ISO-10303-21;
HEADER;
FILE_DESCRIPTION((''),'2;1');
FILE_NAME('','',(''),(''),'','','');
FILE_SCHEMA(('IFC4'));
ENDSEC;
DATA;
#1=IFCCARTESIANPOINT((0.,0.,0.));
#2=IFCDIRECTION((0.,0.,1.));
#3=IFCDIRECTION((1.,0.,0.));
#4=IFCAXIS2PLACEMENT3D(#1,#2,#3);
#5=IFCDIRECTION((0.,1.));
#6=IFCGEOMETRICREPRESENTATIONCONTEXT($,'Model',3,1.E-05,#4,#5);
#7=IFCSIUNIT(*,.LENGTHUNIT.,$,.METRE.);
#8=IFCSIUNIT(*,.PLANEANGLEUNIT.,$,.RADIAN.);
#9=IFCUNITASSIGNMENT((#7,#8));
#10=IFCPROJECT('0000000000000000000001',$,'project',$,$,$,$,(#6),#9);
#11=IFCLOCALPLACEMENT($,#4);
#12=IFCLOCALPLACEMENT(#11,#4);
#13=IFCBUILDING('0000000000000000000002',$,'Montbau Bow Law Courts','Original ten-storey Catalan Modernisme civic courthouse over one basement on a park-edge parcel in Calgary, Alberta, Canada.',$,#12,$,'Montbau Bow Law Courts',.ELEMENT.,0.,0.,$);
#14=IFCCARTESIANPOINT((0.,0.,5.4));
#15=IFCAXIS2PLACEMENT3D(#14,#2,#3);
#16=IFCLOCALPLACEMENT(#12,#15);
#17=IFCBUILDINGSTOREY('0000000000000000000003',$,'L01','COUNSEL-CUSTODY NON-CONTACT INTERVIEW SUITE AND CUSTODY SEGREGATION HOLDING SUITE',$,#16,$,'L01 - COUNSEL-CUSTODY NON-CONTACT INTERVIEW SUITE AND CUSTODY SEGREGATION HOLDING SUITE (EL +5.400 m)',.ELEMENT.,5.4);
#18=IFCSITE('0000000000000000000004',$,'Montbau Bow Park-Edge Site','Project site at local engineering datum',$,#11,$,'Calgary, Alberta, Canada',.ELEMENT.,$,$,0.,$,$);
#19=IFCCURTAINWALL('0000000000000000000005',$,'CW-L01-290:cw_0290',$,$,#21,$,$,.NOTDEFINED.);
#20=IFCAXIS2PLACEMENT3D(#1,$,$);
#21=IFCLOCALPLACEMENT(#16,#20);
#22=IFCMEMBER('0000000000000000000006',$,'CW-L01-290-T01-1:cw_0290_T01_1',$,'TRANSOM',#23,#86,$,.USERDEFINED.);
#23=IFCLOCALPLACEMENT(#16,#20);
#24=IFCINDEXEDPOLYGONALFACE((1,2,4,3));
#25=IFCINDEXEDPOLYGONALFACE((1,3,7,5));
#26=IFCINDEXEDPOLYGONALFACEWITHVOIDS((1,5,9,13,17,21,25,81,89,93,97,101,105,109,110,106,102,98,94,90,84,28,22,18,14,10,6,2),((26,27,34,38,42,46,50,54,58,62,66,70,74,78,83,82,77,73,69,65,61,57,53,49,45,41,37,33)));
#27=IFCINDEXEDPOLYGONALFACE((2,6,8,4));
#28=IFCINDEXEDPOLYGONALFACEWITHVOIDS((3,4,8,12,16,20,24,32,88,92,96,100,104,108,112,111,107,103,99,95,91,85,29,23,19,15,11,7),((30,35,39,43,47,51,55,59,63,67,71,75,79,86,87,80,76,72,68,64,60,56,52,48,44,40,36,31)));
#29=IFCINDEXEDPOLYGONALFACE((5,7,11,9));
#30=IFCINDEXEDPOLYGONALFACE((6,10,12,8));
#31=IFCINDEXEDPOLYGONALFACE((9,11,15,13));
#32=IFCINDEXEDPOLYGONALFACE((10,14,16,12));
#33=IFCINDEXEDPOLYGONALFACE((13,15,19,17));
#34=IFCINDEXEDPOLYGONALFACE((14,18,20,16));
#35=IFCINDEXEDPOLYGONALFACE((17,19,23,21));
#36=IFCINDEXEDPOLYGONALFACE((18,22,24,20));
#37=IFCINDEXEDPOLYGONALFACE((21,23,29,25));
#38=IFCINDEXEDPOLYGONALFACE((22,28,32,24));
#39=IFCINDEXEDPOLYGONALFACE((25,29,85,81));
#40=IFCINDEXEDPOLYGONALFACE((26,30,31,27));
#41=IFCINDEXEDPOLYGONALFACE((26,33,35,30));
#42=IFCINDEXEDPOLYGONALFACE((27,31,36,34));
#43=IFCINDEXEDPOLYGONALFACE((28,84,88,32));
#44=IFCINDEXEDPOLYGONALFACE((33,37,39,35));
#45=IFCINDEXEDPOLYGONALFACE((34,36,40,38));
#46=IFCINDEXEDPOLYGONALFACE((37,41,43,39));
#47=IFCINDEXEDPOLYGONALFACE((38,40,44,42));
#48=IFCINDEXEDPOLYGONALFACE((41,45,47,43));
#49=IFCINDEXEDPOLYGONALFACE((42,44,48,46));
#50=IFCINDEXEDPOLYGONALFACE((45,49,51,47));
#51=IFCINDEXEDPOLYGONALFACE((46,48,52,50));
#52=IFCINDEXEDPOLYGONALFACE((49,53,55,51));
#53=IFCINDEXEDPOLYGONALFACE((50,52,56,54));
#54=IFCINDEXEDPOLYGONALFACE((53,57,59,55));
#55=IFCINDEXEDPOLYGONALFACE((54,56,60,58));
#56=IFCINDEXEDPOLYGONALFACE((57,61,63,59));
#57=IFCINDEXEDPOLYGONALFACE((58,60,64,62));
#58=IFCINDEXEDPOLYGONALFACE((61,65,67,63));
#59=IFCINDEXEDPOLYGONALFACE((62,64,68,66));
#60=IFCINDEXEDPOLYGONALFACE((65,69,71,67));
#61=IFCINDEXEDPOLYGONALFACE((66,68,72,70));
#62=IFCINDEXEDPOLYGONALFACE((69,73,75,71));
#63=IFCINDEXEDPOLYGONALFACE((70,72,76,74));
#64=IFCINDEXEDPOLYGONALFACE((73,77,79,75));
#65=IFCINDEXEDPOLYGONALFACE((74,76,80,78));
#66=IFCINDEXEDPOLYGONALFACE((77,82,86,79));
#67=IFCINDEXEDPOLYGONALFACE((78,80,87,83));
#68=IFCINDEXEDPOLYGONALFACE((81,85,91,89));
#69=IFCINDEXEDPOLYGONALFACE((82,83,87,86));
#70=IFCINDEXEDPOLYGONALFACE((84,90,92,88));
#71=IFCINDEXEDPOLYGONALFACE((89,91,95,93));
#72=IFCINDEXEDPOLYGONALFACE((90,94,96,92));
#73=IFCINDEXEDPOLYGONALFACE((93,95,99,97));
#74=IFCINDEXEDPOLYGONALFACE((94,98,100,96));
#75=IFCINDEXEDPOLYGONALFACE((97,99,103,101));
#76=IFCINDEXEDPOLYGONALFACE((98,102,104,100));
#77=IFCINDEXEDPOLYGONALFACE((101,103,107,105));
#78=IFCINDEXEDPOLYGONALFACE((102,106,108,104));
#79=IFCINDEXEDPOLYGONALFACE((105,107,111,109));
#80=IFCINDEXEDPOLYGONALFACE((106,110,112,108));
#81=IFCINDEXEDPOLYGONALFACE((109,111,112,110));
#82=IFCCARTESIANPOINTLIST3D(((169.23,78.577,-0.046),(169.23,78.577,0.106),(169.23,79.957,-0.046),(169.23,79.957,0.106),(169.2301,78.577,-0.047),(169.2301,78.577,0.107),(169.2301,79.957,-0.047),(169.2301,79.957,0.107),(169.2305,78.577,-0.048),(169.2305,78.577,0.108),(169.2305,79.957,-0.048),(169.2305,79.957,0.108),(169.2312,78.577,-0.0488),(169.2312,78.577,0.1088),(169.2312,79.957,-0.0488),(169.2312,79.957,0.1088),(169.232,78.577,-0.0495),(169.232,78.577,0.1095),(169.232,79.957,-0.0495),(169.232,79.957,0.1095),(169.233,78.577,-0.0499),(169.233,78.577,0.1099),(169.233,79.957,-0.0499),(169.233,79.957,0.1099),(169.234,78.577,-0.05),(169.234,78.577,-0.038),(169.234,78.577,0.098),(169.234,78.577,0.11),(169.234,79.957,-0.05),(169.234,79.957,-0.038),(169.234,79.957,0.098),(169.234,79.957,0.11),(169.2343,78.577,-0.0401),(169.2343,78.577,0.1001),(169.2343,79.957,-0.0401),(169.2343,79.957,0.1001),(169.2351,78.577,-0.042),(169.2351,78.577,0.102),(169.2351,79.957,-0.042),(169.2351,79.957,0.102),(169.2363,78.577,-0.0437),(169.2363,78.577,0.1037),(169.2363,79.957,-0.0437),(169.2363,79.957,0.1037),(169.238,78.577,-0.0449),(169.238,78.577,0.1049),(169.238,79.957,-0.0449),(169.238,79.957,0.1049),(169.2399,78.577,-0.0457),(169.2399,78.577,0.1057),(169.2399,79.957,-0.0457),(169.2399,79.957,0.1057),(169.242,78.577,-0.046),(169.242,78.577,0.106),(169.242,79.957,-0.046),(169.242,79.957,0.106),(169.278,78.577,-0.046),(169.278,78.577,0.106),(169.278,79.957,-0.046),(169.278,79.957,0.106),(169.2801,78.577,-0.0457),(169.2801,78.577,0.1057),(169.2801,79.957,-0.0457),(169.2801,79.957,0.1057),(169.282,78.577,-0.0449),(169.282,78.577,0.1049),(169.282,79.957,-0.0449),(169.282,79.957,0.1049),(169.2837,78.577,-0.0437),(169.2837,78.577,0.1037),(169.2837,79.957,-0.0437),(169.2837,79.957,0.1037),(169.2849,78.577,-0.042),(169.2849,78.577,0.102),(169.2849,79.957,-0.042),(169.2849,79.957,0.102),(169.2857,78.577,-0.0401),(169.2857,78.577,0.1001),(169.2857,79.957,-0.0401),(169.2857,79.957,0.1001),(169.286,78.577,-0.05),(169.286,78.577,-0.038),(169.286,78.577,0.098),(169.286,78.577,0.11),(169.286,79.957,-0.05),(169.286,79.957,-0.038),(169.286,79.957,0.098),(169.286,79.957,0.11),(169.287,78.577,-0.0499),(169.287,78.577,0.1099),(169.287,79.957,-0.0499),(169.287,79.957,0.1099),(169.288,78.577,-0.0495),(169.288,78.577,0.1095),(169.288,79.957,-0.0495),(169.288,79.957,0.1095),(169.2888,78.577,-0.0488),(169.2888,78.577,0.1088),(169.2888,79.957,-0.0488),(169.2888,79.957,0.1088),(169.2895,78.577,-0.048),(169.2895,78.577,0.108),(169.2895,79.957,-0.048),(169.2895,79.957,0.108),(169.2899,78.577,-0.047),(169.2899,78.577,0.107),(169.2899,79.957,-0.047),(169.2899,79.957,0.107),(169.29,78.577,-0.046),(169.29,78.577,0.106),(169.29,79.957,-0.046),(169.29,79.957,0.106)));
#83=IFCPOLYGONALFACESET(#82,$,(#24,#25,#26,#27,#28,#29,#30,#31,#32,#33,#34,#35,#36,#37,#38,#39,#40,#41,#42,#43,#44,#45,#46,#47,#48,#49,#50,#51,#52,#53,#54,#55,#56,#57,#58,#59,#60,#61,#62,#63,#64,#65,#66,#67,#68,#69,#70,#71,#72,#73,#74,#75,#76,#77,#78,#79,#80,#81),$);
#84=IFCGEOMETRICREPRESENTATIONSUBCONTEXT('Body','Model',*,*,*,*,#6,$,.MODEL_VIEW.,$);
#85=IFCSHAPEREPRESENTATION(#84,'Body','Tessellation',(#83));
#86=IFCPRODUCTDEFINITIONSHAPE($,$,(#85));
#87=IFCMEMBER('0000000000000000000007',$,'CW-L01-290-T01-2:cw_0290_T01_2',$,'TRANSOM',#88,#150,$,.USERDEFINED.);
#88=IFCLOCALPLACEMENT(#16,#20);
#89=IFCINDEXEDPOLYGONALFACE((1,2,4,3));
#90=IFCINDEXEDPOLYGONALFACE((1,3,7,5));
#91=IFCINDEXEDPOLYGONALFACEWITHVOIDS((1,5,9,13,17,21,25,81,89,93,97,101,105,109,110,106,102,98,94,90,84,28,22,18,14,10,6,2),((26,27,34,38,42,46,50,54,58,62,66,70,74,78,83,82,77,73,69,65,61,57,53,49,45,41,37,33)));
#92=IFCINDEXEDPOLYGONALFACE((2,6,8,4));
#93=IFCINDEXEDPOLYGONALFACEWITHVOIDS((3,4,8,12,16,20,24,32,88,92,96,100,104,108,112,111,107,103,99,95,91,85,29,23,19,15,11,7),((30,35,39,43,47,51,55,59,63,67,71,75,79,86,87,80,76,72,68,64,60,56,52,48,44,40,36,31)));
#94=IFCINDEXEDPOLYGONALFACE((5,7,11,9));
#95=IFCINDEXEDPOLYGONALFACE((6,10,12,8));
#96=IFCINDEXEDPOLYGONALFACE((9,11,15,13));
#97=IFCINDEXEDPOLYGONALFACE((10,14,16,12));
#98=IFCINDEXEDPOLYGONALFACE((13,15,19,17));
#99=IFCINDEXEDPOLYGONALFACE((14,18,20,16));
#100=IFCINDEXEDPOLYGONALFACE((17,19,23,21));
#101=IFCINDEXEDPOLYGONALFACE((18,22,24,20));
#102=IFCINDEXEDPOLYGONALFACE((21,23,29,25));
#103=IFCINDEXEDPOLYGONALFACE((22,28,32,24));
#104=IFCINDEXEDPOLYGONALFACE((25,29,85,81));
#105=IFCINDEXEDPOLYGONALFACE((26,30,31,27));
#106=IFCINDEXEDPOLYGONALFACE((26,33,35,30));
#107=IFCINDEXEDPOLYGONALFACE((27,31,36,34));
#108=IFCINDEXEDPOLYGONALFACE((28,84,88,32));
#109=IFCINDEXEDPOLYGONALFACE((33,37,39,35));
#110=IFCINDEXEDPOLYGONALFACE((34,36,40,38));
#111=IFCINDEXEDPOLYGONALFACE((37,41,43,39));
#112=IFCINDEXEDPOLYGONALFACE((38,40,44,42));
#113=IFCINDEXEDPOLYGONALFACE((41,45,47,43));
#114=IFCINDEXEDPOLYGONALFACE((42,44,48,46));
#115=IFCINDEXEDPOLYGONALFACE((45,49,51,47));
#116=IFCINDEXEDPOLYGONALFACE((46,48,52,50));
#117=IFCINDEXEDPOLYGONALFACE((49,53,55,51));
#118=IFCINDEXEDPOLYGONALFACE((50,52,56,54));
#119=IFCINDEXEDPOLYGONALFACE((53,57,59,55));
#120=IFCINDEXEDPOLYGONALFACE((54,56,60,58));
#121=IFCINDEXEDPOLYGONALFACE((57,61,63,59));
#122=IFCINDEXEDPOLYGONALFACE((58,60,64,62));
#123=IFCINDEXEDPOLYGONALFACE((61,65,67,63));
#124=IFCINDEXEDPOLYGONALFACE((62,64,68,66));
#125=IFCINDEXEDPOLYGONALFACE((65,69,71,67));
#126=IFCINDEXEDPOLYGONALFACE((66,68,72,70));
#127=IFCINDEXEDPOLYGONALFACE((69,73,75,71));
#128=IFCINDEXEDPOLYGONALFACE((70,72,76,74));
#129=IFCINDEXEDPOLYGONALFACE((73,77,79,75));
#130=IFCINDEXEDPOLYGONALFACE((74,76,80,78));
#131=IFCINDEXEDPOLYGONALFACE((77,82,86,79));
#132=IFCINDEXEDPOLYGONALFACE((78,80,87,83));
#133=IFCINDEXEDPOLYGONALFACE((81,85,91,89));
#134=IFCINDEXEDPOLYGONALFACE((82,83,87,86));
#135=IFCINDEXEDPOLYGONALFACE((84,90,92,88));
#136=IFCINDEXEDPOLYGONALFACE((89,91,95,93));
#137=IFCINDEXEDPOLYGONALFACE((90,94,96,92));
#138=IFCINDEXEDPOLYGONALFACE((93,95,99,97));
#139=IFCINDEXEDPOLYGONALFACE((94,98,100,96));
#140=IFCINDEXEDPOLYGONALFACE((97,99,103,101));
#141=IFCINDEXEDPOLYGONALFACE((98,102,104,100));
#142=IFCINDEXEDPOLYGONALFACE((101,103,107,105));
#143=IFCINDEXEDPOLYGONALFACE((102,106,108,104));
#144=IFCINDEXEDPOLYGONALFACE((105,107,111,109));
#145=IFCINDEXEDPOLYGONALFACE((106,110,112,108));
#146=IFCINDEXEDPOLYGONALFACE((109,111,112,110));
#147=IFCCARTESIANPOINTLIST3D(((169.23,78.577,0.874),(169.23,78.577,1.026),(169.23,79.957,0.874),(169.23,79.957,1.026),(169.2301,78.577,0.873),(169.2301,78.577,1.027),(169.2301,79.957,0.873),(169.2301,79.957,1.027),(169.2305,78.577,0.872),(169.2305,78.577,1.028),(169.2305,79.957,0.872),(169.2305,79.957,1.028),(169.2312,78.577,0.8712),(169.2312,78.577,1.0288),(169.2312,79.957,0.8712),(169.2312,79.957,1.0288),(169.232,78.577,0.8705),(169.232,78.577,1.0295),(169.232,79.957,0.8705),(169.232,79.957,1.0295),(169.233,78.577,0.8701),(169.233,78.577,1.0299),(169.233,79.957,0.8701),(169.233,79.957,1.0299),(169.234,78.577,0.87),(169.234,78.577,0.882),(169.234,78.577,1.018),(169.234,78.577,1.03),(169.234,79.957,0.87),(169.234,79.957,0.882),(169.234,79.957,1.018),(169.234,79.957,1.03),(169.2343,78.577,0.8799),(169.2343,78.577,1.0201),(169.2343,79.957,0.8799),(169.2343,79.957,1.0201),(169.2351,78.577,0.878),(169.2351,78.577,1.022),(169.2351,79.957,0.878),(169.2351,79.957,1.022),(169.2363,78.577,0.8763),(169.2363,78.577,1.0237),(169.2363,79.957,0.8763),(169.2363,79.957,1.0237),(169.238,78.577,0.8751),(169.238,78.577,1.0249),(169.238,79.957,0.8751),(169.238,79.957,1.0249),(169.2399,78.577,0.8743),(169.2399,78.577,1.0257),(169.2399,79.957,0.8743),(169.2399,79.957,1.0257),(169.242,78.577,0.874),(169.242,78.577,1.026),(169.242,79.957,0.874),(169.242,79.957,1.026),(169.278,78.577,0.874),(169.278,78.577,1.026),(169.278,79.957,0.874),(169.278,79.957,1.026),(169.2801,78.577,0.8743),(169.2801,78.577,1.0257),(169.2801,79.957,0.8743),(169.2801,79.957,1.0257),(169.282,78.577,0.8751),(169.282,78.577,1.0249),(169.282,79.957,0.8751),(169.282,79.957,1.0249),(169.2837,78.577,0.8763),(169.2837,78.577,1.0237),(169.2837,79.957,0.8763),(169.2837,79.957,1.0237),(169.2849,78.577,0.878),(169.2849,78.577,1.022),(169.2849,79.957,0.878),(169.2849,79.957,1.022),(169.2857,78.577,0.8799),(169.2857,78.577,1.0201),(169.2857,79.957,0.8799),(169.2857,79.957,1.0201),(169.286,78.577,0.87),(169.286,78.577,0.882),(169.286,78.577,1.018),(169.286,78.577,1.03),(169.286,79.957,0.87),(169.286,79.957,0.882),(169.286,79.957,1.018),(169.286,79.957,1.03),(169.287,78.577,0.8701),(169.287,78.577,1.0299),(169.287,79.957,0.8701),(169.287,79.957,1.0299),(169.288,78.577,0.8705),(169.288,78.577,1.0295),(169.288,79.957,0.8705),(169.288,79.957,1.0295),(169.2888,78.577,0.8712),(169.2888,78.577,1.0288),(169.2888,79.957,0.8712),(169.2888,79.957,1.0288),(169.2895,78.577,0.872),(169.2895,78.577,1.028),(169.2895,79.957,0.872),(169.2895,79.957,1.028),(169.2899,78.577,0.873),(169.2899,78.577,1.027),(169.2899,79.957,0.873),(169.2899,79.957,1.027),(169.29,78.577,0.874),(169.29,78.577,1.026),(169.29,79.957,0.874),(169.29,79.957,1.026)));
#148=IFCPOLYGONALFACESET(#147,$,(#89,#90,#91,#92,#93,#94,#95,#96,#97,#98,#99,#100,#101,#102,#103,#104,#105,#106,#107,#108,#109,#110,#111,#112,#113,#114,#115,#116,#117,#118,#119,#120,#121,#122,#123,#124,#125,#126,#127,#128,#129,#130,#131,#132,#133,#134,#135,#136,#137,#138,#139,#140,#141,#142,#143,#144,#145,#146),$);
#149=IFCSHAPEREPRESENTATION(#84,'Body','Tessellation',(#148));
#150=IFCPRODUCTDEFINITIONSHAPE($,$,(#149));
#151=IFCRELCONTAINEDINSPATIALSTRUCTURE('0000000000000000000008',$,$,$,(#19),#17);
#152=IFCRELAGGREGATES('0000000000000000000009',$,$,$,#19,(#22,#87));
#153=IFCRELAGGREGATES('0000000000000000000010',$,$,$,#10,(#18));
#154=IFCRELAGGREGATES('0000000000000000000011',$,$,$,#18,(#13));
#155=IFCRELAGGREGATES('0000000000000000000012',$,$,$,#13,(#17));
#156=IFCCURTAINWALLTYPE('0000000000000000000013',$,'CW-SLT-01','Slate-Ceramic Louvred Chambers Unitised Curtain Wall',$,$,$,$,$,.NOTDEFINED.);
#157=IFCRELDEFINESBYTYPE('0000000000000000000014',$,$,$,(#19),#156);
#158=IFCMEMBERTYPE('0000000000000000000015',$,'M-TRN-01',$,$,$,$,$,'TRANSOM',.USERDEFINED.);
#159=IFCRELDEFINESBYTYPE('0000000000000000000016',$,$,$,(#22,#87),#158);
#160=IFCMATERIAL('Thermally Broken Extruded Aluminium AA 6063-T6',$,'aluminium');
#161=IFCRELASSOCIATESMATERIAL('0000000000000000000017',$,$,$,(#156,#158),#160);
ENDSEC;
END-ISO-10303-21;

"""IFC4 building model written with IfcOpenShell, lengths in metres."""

from ifc_helpers import new_model, si_unit, direction, frame, origin_with_axes, origin_2d_with_axis, place, context, subcontext, project, spatial, hollow_rectangle, extrude, material, material_profile, profile_set, type_object, element, aggregate, save


model = new_model("IFC4")

# Units and contexts
model_context = context("Model", 3, precision=1e-05, world=origin_with_axes(), true_north=direction((0.0, 1.0)))
body_context = subcontext(model_context, "Body", "Model", "MODEL_VIEW")
ifc_project = project(units=[si_unit("LENGTHUNIT", "METRE"), si_unit("PLANEANGLEUNIT", "RADIAN")], contexts=[model_context])

# Site, building, storey
site_placement = place(None, origin_with_axes())
site = spatial("IfcSite", under=ifc_project, at=site_placement, Name="Montbau Bow Park-Edge Site", Description="Project site at local engineering datum", LongName="Calgary, Alberta, Canada", CompositionType="ELEMENT", RefElevation=0.0)
building_placement = place(site_placement, origin_with_axes())
building = spatial("IfcBuilding", under=site, at=building_placement, Name="Montbau Bow Law Courts", Description="Original ten-storey Catalan Modernisme civic courthouse over one basement on a park-edge parcel in Calgary, Alberta, Canada.", LongName="Montbau Bow Law Courts", CompositionType="ELEMENT", ElevationOfRefHeight=0.0, ElevationOfTerrain=0.0)
storey_placement = place(building_placement, frame((0.0, 0.0, 5.4), z_axis=(0.0, 0.0, 1.0), x_axis=(1.0, 0.0, 0.0)))
storey = spatial("IfcBuildingStorey", under=building, at=storey_placement, Name="L01", Description="COUNSEL-CUSTODY NON-CONTACT INTERVIEW SUITE AND CUSTODY SEGREGATION HOLDING SUITE", LongName="L01 - COUNSEL-CUSTODY NON-CONTACT INTERVIEW SUITE AND CUSTODY SEGREGATION HOLDING SUITE (EL +5.400 m)", CompositionType="ELEMENT", Elevation=5.4)

# Curtain wall, members
ifc_material_1 = material(Name="Thermally Broken Extruded Aluminium AA 6063-T6", Category="aluminium")
curtain_wall_type = type_object("IfcCurtainWallType", Name="CW-SLT-01", Description="Slate-Ceramic Louvred Chambers Unitised Curtain Wall", PredefinedType="NOTDEFINED", material=ifc_material_1)
curtain_wall_1_placement = place(None, frame((169.26, 78.515, 5.4), z_axis=(0.0, 0.0, 1.0), x_axis=(1.0, 0.0, 0.0)))
curtain_wall_1 = element("IfcCurtainWall", 1, at=curtain_wall_1_placement, inside=storey, type_object=curtain_wall_type, Name="CW-L01-290:cw_0290", PredefinedType="NOTDEFINED")
ifc_material_profile_1 = material_profile(ifc_material_1, hollow_rectangle(XDim=0.06, YDim=0.16, WallThickness=0.004, InnerFilletRadius=0.008, OuterFilletRadius=0.004, at=origin_2d_with_axis()), Name="CWT-160X60", Category="Main", Priority=0)
ifc_profile_set_1 = profile_set([ifc_material_profile_1], Name="Thermally Broken Extruded Aluminium AA 6063-T6")
member_type_1 = type_object("IfcMemberType", Name="M-TRN-01", ElementType="TRANSOM", PredefinedType="USERDEFINED", material=ifc_profile_set_1)
member_1_placement = place(None, frame((169.26, 78.577, 5.43), z_axis=(0.0, 1.0, 0.0), x_axis=(-1.0, 0.0, 0.0)))
member_1 = element("IfcMember", 2, at=member_1_placement, type_object=member_type_1, Name="CW-L01-290-T01-1:cw_0290_T01_1", ObjectType="TRANSOM", PredefinedType="USERDEFINED", context=body_context, shape_type="SweptSolid", body=[
    extrude(hollow_rectangle(XDim=0.06, YDim=0.16, WallThickness=0.004, InnerFilletRadius=0.008, OuterFilletRadius=0.004, at=origin_2d_with_axis()), origin_with_axes(), (0.0, 0.0, 1.0), 1.38),
])
member_2_placement = place(None, frame((169.26, 78.577, 6.35), z_axis=(0.0, 1.0, 0.0), x_axis=(-1.0, 0.0, 0.0)))
member_2 = element("IfcMember", 3, at=member_2_placement, type_object=member_type_1, Name="CW-L01-290-T01-2:cw_0290_T01_2", ObjectType="TRANSOM", PredefinedType="USERDEFINED", context=body_context, shape_type="SweptSolid", body=[
    extrude(hollow_rectangle(XDim=0.06, YDim=0.16, WallThickness=0.004, InnerFilletRadius=0.008, OuterFilletRadius=0.004, at=origin_2d_with_axis()), origin_with_axes(), (0.0, 0.0, 1.0), 1.38),
])

aggregate(curtain_wall_1, [member_1, member_2])

save(model, "model.ifc")
